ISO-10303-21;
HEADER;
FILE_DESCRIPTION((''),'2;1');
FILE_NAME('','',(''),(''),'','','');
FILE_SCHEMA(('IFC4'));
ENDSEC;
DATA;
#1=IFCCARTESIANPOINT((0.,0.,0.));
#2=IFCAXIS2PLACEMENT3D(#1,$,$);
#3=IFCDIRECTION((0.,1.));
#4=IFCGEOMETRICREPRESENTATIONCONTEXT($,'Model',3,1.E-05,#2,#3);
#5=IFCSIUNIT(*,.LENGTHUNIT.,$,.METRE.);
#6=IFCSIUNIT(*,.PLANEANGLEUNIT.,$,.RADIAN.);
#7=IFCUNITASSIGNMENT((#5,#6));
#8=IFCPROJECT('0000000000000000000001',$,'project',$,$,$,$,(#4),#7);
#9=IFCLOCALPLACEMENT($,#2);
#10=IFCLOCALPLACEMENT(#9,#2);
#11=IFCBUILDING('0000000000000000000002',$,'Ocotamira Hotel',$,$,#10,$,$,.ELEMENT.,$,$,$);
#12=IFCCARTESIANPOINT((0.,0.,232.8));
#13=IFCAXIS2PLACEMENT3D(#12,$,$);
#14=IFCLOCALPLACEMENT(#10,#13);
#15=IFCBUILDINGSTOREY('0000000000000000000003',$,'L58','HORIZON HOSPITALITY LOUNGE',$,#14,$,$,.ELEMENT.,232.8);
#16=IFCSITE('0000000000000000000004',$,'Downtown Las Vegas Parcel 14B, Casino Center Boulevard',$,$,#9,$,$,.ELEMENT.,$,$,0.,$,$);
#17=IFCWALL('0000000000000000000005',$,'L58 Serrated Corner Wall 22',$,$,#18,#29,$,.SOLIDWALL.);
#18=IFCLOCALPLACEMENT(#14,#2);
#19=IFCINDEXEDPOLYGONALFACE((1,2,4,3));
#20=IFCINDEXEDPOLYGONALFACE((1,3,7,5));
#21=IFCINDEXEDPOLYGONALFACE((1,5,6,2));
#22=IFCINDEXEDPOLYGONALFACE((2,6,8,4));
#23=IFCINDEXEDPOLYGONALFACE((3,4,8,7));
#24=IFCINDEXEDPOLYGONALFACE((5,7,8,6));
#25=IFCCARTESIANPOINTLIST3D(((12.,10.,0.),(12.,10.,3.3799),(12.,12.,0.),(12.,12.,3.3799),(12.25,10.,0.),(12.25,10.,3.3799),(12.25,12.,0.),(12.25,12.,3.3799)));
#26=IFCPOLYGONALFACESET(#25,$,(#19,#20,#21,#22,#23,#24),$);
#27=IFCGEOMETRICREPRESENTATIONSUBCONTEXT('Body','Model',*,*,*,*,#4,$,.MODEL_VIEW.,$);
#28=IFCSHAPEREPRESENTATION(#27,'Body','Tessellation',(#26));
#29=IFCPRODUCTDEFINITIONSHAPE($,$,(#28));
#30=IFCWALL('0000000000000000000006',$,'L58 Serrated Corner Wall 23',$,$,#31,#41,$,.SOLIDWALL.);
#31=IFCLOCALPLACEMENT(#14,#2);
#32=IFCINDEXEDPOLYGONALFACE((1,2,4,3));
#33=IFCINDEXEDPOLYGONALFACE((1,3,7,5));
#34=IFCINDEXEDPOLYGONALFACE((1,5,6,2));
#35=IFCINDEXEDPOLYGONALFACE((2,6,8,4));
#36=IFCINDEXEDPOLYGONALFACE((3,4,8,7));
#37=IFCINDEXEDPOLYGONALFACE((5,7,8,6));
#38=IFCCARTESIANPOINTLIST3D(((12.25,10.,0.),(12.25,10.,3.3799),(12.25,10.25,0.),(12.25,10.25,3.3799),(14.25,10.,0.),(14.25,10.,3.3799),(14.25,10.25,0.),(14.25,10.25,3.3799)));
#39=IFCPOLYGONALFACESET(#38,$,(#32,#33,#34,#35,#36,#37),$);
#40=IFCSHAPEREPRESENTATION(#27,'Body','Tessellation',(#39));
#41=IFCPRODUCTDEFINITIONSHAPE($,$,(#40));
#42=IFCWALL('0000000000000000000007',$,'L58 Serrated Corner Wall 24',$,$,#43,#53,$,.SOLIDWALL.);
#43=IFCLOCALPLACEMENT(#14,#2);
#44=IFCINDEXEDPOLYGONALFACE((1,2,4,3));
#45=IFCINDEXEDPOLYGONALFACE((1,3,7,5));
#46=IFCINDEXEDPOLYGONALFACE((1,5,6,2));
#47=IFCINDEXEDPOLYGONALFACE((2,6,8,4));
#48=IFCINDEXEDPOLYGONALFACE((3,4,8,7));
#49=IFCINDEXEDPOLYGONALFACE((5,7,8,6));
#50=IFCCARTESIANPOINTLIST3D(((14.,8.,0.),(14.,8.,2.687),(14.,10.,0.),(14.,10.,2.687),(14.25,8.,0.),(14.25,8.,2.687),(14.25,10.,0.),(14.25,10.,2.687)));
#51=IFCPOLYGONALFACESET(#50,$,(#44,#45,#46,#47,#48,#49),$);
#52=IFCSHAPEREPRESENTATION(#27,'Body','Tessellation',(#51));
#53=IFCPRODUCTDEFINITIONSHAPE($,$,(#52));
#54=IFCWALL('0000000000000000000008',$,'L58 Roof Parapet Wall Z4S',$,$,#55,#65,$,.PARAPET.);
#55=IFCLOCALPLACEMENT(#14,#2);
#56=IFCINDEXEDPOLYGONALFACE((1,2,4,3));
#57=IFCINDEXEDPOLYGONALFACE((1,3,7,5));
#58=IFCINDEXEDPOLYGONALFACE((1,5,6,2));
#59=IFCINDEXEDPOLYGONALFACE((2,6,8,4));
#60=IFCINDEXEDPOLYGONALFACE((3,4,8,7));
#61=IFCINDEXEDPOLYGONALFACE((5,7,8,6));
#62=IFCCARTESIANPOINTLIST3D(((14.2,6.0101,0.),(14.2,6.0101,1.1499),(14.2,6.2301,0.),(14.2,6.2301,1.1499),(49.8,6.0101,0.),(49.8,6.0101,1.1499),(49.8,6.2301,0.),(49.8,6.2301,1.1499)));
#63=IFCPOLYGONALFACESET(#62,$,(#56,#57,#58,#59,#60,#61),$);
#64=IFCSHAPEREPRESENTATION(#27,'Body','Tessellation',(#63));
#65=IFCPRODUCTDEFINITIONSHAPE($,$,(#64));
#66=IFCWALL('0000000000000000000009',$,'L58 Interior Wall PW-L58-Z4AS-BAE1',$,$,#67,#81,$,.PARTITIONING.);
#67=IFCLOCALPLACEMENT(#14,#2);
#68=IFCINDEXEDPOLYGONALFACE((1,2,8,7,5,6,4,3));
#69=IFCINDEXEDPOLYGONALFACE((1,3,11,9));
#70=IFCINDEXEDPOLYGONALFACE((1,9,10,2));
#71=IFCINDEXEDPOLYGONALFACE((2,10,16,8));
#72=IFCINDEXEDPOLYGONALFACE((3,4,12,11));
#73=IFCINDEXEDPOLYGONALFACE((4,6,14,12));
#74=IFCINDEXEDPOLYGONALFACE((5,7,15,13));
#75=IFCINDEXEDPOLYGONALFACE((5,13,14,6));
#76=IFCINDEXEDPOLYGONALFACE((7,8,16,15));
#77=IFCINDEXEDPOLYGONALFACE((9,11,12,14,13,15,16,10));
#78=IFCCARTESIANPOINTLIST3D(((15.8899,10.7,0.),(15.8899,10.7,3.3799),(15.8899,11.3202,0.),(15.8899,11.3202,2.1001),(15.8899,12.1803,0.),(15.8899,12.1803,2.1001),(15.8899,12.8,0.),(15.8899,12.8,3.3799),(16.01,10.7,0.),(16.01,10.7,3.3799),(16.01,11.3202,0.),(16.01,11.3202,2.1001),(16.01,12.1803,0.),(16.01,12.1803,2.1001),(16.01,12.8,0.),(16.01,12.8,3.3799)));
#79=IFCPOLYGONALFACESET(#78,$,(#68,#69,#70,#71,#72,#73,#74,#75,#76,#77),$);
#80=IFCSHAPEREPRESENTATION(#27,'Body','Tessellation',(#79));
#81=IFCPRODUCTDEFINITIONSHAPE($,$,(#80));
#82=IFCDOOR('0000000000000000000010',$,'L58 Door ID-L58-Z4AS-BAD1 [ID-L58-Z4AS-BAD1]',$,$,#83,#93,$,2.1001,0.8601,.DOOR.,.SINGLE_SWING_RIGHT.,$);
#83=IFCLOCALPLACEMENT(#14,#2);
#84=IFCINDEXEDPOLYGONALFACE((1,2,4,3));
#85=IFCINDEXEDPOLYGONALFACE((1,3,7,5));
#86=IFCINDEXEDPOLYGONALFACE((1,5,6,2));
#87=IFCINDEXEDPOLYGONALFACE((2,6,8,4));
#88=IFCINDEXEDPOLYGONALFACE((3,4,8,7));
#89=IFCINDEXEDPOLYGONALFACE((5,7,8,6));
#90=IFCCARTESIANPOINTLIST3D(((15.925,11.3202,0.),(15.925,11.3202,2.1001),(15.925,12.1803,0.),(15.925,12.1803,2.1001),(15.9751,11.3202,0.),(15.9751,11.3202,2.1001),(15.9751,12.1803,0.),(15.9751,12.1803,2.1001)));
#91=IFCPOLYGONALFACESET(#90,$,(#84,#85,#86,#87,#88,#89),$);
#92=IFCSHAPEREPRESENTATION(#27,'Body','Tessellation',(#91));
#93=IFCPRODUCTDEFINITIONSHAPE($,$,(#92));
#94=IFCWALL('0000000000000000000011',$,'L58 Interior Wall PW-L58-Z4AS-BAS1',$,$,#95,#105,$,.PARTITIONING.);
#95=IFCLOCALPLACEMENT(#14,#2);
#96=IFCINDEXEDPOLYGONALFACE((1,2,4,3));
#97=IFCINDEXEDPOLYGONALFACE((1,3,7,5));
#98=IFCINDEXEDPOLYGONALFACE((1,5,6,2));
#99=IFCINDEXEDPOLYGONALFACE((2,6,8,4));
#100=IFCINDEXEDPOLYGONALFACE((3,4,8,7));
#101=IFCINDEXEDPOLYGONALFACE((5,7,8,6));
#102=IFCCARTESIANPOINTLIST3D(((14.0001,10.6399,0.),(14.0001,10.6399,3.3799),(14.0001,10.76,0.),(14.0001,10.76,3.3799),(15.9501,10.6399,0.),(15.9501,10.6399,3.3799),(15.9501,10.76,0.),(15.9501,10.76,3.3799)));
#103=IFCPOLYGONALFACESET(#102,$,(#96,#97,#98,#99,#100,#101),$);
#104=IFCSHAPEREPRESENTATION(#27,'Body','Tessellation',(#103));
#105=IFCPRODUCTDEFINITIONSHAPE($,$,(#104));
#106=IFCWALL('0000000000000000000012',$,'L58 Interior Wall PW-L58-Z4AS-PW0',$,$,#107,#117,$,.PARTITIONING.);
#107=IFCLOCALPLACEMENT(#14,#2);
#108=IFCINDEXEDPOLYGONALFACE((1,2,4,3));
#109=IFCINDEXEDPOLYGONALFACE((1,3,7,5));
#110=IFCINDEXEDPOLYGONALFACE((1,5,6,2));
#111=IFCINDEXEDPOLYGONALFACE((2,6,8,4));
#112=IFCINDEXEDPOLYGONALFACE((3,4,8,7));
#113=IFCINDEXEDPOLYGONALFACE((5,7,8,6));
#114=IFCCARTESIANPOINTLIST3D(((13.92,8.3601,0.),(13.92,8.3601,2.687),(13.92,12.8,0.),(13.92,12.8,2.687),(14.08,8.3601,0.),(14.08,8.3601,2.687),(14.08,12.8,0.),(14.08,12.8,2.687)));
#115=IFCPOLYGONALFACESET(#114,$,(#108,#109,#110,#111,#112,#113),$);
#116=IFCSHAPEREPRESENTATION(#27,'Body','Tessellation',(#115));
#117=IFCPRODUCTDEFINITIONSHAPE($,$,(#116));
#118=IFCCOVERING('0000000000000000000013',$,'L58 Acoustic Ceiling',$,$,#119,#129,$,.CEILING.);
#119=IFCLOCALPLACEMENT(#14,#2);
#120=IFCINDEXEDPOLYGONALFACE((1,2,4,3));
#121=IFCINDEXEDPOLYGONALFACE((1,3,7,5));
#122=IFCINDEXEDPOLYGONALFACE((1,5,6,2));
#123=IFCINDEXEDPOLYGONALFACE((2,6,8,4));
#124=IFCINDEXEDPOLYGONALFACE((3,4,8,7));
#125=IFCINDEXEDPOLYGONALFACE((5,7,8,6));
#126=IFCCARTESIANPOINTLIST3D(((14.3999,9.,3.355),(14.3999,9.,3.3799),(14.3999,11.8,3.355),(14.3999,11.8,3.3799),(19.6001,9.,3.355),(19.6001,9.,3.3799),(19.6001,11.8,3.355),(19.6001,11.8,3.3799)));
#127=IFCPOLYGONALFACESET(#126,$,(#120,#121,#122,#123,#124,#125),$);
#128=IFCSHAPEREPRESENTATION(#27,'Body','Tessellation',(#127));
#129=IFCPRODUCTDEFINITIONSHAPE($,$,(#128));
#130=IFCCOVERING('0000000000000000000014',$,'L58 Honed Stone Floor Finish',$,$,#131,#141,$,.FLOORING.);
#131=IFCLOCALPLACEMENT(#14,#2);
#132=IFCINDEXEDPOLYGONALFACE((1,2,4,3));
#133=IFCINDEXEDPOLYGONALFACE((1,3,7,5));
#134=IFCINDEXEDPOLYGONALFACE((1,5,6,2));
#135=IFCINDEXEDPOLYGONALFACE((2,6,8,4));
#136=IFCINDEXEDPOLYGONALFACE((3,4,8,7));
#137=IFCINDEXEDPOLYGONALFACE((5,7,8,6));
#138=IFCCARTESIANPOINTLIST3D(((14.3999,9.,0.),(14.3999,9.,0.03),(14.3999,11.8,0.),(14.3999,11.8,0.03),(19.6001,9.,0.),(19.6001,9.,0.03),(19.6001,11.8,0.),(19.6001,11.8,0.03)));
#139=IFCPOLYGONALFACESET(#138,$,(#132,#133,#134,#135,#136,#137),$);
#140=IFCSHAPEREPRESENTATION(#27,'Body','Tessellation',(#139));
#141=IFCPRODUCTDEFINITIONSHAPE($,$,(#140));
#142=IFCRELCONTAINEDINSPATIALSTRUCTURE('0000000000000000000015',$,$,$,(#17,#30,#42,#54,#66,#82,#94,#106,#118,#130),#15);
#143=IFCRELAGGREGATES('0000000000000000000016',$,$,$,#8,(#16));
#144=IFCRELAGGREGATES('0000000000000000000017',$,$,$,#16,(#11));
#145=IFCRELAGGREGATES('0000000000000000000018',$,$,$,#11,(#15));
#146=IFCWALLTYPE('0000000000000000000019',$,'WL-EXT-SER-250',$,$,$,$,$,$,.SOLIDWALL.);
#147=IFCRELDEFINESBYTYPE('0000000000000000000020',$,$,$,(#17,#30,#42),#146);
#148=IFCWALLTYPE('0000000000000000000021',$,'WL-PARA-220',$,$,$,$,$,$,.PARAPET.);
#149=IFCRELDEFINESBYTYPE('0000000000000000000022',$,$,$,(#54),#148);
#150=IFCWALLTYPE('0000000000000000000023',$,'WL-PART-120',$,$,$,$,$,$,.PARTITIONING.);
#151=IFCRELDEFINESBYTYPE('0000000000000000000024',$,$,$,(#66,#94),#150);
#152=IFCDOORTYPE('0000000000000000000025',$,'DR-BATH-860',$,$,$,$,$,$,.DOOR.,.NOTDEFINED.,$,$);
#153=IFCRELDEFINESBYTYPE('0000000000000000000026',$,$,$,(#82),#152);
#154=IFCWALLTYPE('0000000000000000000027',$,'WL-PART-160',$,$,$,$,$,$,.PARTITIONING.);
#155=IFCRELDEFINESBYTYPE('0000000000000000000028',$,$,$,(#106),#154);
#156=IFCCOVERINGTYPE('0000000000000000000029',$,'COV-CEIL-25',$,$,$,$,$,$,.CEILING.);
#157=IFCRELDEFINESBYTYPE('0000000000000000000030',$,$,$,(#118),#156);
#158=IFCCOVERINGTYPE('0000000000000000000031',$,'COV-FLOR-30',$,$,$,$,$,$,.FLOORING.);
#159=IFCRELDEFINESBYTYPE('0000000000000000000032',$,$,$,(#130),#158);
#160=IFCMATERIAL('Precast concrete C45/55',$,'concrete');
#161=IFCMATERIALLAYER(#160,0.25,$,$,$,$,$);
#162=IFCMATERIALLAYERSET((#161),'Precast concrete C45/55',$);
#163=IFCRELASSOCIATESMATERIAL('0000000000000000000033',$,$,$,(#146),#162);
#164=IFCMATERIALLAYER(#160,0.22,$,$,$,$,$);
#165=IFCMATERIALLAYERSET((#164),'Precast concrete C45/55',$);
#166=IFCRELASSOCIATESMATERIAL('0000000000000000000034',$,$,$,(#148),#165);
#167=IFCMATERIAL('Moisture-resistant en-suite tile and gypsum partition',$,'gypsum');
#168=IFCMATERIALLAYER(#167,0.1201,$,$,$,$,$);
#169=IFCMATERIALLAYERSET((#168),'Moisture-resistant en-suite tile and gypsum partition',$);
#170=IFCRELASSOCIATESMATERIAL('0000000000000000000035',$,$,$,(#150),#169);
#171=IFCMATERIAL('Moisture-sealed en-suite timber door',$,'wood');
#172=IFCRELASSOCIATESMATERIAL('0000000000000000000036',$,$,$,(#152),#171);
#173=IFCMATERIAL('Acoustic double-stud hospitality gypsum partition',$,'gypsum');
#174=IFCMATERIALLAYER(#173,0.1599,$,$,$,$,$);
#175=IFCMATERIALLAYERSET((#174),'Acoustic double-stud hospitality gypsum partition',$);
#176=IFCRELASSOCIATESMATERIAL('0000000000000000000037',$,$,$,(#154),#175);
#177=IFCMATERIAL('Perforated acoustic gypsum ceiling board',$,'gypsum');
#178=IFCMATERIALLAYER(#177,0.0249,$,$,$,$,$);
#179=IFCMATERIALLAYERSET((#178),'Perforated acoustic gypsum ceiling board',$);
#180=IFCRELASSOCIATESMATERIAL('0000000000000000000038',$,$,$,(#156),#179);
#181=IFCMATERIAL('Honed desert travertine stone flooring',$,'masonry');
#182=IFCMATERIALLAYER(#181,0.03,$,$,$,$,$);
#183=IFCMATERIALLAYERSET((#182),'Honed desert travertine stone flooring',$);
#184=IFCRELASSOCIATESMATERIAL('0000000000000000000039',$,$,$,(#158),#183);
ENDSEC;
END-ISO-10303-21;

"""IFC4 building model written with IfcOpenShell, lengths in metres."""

from ifc_helpers import new_model, si_unit, direction, frame, frame_2d, origin, place, context, subcontext, project, spatial, polyline, rectangle, outline, extrude, source, transform, mapped, material, layer, layer_set, type_object, element, fill, save


model = new_model("IFC4")

# Units and contexts
model_context = context("Model", 3, precision=1e-05, world=origin(), true_north=direction((0.0, 1.0)))
body_context = subcontext(model_context, "Body", "Model", "MODEL_VIEW")
ifc_project = project(units=[si_unit("LENGTHUNIT", "METRE"), si_unit("PLANEANGLEUNIT", "RADIAN")], contexts=[model_context])

# Site, building, storey
site_placement = place(None, origin())
site = spatial("IfcSite", under=ifc_project, at=site_placement, Name="Downtown Las Vegas Parcel 14B, Casino Center Boulevard", CompositionType="ELEMENT", RefElevation=0.0)
building_placement = place(site_placement, origin())
building = spatial("IfcBuilding", under=site, at=building_placement, Name="Ocotamira Hotel", CompositionType="ELEMENT")
storey_placement = place(building_placement, frame((0.0, 0.0, 232.8)))
storey = spatial("IfcBuildingStorey", under=building, at=storey_placement, Name="L58", Description="HORIZON HOSPITALITY LOUNGE", CompositionType="ELEMENT", Elevation=232.8)

# Walls
ifc_material_1 = material(Name="Precast concrete C45/55", Category="concrete")
ifc_layer_1 = layer(ifc_material_1, 0.25)
ifc_layer_set_1 = layer_set([ifc_layer_1], Name="Precast concrete C45/55")
wall_type_1 = type_object("IfcWallType", Name="WL-EXT-SER-250", PredefinedType="SOLIDWALL", material=ifc_layer_set_1)
for number, where, z_axis, x_axis, name in (
    (1, (12.125, 12.0, 0.0), (0.0, 0.0, 1.0), (0.0, -1.0, 0.0), "L58 Serrated Corner Wall 22"),
    (2, (12.25, 10.125, 0.0), (0.0, 0.0, 1.0), (1.0, 0.0, 0.0), "L58 Serrated Corner Wall 23"),
):
    element("IfcWall", number, at=place(storey_placement, frame(where, z_axis=z_axis, x_axis=x_axis)), inside=storey, type_object=wall_type_1, Name=name, PredefinedType="SOLIDWALL", context=body_context, shape_type="SweptSolid", body=[
        extrude(rectangle(XDim=2.0, YDim=0.25, at=frame_2d((1.0, 0.0))), origin(), (0.0, 0.0, 1.0), 3.3799),
    ])
wall_1_placement = place(storey_placement, frame((14.125, 10.0, 0.0), z_axis=(0.0, 0.0, 1.0), x_axis=(0.0, -1.0, 0.0)))
element("IfcWall", 3, at=wall_1_placement, inside=storey, type_object=wall_type_1, Name="L58 Serrated Corner Wall 24", PredefinedType="SOLIDWALL", context=body_context, shape_type="SweptSolid", body=[
    extrude(rectangle(XDim=2.0, YDim=0.25, at=frame_2d((1.0, 0.0))), origin(), (0.0, 0.0, 1.0), 2.687),
])
ifc_layer_2 = layer(ifc_material_1, 0.22)
ifc_layer_set_2 = layer_set([ifc_layer_2], Name="Precast concrete C45/55")
wall_type_2 = type_object("IfcWallType", Name="WL-PARA-220", PredefinedType="PARAPET", material=ifc_layer_set_2)
wall_2_placement = place(storey_placement, frame((14.2, 6.1201, 0.0), z_axis=(0.0, 0.0, 1.0), x_axis=(1.0, 0.0, 0.0)))
element("IfcWall", 4, at=wall_2_placement, inside=storey, type_object=wall_type_2, Name="L58 Roof Parapet Wall Z4S", PredefinedType="PARAPET", context=body_context, shape_type="SweptSolid", body=[
    extrude(rectangle(XDim=35.6001, YDim=0.22, at=frame_2d((17.8, 0.0))), origin(), (0.0, 0.0, 1.0), 1.1499),
])

# Wall, opening, door
ifc_material_2 = material(Name="Moisture-resistant en-suite tile and gypsum partition", Category="gypsum")
ifc_layer_3 = layer(ifc_material_2, 0.1201)
ifc_layer_set_3 = layer_set([ifc_layer_3], Name="Moisture-resistant en-suite tile and gypsum partition")
wall_type_3 = type_object("IfcWallType", Name="WL-PART-120", PredefinedType="PARTITIONING", material=ifc_layer_set_3)
wall_3_placement = place(storey_placement, frame((15.95, 10.7, 0.0), z_axis=(0.0, 0.0, 1.0), x_axis=(0.0, 1.0, 0.0)))
wall_3 = element("IfcWall", 5, at=wall_3_placement, inside=storey, type_object=wall_type_3, Name="L58 Interior Wall PW-L58-Z4AS-BAE1", PredefinedType="PARTITIONING", context=body_context, shape_type="SweptSolid", body=[
    extrude(rectangle(XDim=2.1001, YDim=0.1201, at=frame_2d((1.05, 0.0))), origin(), (0.0, 0.0, 1.0), 3.3799),
])
opening_1_placement = place(wall_3_placement, frame((0.6201, 0.0, 0.0)))
opening_1 = element("IfcOpeningElement", 6, at=opening_1_placement, cuts=wall_3, PredefinedType="OPENING", context=body_context, shape_type="SweptSolid", body=[
    extrude(rectangle(XDim=0.8601, YDim=2.1001, at=frame_2d((0.4302, 1.05))), frame((0.0, 0.0701, 0.0), z_axis=(0.0, -1.0, 0.0), x_axis=(1.0, 0.0, 0.0)), (0.0, 0.0, 1.0), 0.1401),
])
ifc_material_3 = material(Name="Moisture-sealed en-suite timber door", Category="wood")
door_type_1 = type_object("IfcDoorType", Name="DR-BATH-860", OperationType="NOTDEFINED", PredefinedType="DOOR", material=ifc_material_3)
shared_shape_1 = source(origin(), body_context, "Body", "SweptSolid", [
    extrude(rectangle(XDim=0.8601, YDim=2.1001, at=frame_2d((0.4302, 1.05))), frame((0.0, 0.0249, 0.0), z_axis=(0.0, -1.0, 0.0), x_axis=(1.0, 0.0, 0.0)), (0.0, 0.0, 1.0), 0.05),
])
door_1_placement = place(opening_1_placement, origin())
door_1 = element("IfcDoor", 7, at=door_1_placement, inside=storey, type_object=door_type_1, Name="L58 Door ID-L58-Z4AS-BAD1 [ID-L58-Z4AS-BAD1]", OperationType="SINGLE_SWING_RIGHT", OverallHeight=2.1001, OverallWidth=0.8601, PredefinedType="DOOR", context=body_context, shape_type="MappedRepresentation", body=[
    mapped(shared_shape_1, transform((0.0, 0.0, 0.0), scale=1.0)),
])
fill(opening_1, door_1)

# Walls
wall_4_placement = place(storey_placement, frame((14.0, 10.7, 0.0), z_axis=(0.0, 0.0, 1.0), x_axis=(1.0, 0.0, 0.0)))
element("IfcWall", 8, at=wall_4_placement, inside=storey, type_object=wall_type_3, Name="L58 Interior Wall PW-L58-Z4AS-BAS1", PredefinedType="PARTITIONING", context=body_context, shape_type="SweptSolid", body=[
    extrude(rectangle(XDim=1.95, YDim=0.1201, at=frame_2d((0.9751, 0.0))), origin(), (0.0, 0.0, 1.0), 3.3799),
])
ifc_material_4 = material(Name="Acoustic double-stud hospitality gypsum partition", Category="gypsum")
ifc_layer_4 = layer(ifc_material_4, 0.1599)
ifc_layer_set_4 = layer_set([ifc_layer_4], Name="Acoustic double-stud hospitality gypsum partition")
wall_type_4 = type_object("IfcWallType", Name="WL-PART-160", PredefinedType="PARTITIONING", material=ifc_layer_set_4)
wall_5_placement = place(storey_placement, frame((14.0, 8.3601, 0.0), z_axis=(0.0, 0.0, 1.0), x_axis=(0.0, 1.0, 0.0)))
element("IfcWall", 9, at=wall_5_placement, inside=storey, type_object=wall_type_4, Name="L58 Interior Wall PW-L58-Z4AS-PW0", PredefinedType="PARTITIONING", context=body_context, shape_type="SweptSolid", body=[
    extrude(rectangle(XDim=4.4399, YDim=0.1599, at=frame_2d((2.22, 0.0))), origin(), (0.0, 0.0, 1.0), 2.687),
])

# Coverings
ifc_material_5 = material(Name="Perforated acoustic gypsum ceiling board", Category="gypsum")
ifc_layer_5 = layer(ifc_material_5, 0.0249)
ifc_layer_set_5 = layer_set([ifc_layer_5], Name="Perforated acoustic gypsum ceiling board")
covering_type_1 = type_object("IfcCoveringType", Name="COV-CEIL-25", PredefinedType="CEILING", material=ifc_layer_set_5)
covering_1_placement = place(storey_placement, frame((0.0, 0.0, 3.355)))
element("IfcCovering", 10, at=covering_1_placement, inside=storey, type_object=covering_type_1, Name="L58 Acoustic Ceiling", PredefinedType="CEILING", context=body_context, shape_type="SweptSolid", body=[
    extrude(outline(polyline([(14.3999, 9.0), (19.6001, 9.0), (19.6001, 11.8), (14.3999, 11.8), (14.3999, 9.0)])), origin(), (0.0, 0.0, 1.0), 0.0249),
])
ifc_material_6 = material(Name="Honed desert travertine stone flooring", Category="masonry")
ifc_layer_6 = layer(ifc_material_6, 0.03)
ifc_layer_set_6 = layer_set([ifc_layer_6], Name="Honed desert travertine stone flooring")
covering_type_2 = type_object("IfcCoveringType", Name="COV-FLOR-30", PredefinedType="FLOORING", material=ifc_layer_set_6)
covering_2_placement = place(storey_placement, origin())
element("IfcCovering", 11, at=covering_2_placement, inside=storey, type_object=covering_type_2, Name="L58 Honed Stone Floor Finish", PredefinedType="FLOORING", context=body_context, shape_type="SweptSolid", body=[
    extrude(outline(polyline([(14.3999, 9.0), (19.6001, 9.0), (19.6001, 11.8), (14.3999, 11.8), (14.3999, 9.0)])), origin(), (0.0, 0.0, 1.0), 0.03),
])

save(model, "model.ifc")
